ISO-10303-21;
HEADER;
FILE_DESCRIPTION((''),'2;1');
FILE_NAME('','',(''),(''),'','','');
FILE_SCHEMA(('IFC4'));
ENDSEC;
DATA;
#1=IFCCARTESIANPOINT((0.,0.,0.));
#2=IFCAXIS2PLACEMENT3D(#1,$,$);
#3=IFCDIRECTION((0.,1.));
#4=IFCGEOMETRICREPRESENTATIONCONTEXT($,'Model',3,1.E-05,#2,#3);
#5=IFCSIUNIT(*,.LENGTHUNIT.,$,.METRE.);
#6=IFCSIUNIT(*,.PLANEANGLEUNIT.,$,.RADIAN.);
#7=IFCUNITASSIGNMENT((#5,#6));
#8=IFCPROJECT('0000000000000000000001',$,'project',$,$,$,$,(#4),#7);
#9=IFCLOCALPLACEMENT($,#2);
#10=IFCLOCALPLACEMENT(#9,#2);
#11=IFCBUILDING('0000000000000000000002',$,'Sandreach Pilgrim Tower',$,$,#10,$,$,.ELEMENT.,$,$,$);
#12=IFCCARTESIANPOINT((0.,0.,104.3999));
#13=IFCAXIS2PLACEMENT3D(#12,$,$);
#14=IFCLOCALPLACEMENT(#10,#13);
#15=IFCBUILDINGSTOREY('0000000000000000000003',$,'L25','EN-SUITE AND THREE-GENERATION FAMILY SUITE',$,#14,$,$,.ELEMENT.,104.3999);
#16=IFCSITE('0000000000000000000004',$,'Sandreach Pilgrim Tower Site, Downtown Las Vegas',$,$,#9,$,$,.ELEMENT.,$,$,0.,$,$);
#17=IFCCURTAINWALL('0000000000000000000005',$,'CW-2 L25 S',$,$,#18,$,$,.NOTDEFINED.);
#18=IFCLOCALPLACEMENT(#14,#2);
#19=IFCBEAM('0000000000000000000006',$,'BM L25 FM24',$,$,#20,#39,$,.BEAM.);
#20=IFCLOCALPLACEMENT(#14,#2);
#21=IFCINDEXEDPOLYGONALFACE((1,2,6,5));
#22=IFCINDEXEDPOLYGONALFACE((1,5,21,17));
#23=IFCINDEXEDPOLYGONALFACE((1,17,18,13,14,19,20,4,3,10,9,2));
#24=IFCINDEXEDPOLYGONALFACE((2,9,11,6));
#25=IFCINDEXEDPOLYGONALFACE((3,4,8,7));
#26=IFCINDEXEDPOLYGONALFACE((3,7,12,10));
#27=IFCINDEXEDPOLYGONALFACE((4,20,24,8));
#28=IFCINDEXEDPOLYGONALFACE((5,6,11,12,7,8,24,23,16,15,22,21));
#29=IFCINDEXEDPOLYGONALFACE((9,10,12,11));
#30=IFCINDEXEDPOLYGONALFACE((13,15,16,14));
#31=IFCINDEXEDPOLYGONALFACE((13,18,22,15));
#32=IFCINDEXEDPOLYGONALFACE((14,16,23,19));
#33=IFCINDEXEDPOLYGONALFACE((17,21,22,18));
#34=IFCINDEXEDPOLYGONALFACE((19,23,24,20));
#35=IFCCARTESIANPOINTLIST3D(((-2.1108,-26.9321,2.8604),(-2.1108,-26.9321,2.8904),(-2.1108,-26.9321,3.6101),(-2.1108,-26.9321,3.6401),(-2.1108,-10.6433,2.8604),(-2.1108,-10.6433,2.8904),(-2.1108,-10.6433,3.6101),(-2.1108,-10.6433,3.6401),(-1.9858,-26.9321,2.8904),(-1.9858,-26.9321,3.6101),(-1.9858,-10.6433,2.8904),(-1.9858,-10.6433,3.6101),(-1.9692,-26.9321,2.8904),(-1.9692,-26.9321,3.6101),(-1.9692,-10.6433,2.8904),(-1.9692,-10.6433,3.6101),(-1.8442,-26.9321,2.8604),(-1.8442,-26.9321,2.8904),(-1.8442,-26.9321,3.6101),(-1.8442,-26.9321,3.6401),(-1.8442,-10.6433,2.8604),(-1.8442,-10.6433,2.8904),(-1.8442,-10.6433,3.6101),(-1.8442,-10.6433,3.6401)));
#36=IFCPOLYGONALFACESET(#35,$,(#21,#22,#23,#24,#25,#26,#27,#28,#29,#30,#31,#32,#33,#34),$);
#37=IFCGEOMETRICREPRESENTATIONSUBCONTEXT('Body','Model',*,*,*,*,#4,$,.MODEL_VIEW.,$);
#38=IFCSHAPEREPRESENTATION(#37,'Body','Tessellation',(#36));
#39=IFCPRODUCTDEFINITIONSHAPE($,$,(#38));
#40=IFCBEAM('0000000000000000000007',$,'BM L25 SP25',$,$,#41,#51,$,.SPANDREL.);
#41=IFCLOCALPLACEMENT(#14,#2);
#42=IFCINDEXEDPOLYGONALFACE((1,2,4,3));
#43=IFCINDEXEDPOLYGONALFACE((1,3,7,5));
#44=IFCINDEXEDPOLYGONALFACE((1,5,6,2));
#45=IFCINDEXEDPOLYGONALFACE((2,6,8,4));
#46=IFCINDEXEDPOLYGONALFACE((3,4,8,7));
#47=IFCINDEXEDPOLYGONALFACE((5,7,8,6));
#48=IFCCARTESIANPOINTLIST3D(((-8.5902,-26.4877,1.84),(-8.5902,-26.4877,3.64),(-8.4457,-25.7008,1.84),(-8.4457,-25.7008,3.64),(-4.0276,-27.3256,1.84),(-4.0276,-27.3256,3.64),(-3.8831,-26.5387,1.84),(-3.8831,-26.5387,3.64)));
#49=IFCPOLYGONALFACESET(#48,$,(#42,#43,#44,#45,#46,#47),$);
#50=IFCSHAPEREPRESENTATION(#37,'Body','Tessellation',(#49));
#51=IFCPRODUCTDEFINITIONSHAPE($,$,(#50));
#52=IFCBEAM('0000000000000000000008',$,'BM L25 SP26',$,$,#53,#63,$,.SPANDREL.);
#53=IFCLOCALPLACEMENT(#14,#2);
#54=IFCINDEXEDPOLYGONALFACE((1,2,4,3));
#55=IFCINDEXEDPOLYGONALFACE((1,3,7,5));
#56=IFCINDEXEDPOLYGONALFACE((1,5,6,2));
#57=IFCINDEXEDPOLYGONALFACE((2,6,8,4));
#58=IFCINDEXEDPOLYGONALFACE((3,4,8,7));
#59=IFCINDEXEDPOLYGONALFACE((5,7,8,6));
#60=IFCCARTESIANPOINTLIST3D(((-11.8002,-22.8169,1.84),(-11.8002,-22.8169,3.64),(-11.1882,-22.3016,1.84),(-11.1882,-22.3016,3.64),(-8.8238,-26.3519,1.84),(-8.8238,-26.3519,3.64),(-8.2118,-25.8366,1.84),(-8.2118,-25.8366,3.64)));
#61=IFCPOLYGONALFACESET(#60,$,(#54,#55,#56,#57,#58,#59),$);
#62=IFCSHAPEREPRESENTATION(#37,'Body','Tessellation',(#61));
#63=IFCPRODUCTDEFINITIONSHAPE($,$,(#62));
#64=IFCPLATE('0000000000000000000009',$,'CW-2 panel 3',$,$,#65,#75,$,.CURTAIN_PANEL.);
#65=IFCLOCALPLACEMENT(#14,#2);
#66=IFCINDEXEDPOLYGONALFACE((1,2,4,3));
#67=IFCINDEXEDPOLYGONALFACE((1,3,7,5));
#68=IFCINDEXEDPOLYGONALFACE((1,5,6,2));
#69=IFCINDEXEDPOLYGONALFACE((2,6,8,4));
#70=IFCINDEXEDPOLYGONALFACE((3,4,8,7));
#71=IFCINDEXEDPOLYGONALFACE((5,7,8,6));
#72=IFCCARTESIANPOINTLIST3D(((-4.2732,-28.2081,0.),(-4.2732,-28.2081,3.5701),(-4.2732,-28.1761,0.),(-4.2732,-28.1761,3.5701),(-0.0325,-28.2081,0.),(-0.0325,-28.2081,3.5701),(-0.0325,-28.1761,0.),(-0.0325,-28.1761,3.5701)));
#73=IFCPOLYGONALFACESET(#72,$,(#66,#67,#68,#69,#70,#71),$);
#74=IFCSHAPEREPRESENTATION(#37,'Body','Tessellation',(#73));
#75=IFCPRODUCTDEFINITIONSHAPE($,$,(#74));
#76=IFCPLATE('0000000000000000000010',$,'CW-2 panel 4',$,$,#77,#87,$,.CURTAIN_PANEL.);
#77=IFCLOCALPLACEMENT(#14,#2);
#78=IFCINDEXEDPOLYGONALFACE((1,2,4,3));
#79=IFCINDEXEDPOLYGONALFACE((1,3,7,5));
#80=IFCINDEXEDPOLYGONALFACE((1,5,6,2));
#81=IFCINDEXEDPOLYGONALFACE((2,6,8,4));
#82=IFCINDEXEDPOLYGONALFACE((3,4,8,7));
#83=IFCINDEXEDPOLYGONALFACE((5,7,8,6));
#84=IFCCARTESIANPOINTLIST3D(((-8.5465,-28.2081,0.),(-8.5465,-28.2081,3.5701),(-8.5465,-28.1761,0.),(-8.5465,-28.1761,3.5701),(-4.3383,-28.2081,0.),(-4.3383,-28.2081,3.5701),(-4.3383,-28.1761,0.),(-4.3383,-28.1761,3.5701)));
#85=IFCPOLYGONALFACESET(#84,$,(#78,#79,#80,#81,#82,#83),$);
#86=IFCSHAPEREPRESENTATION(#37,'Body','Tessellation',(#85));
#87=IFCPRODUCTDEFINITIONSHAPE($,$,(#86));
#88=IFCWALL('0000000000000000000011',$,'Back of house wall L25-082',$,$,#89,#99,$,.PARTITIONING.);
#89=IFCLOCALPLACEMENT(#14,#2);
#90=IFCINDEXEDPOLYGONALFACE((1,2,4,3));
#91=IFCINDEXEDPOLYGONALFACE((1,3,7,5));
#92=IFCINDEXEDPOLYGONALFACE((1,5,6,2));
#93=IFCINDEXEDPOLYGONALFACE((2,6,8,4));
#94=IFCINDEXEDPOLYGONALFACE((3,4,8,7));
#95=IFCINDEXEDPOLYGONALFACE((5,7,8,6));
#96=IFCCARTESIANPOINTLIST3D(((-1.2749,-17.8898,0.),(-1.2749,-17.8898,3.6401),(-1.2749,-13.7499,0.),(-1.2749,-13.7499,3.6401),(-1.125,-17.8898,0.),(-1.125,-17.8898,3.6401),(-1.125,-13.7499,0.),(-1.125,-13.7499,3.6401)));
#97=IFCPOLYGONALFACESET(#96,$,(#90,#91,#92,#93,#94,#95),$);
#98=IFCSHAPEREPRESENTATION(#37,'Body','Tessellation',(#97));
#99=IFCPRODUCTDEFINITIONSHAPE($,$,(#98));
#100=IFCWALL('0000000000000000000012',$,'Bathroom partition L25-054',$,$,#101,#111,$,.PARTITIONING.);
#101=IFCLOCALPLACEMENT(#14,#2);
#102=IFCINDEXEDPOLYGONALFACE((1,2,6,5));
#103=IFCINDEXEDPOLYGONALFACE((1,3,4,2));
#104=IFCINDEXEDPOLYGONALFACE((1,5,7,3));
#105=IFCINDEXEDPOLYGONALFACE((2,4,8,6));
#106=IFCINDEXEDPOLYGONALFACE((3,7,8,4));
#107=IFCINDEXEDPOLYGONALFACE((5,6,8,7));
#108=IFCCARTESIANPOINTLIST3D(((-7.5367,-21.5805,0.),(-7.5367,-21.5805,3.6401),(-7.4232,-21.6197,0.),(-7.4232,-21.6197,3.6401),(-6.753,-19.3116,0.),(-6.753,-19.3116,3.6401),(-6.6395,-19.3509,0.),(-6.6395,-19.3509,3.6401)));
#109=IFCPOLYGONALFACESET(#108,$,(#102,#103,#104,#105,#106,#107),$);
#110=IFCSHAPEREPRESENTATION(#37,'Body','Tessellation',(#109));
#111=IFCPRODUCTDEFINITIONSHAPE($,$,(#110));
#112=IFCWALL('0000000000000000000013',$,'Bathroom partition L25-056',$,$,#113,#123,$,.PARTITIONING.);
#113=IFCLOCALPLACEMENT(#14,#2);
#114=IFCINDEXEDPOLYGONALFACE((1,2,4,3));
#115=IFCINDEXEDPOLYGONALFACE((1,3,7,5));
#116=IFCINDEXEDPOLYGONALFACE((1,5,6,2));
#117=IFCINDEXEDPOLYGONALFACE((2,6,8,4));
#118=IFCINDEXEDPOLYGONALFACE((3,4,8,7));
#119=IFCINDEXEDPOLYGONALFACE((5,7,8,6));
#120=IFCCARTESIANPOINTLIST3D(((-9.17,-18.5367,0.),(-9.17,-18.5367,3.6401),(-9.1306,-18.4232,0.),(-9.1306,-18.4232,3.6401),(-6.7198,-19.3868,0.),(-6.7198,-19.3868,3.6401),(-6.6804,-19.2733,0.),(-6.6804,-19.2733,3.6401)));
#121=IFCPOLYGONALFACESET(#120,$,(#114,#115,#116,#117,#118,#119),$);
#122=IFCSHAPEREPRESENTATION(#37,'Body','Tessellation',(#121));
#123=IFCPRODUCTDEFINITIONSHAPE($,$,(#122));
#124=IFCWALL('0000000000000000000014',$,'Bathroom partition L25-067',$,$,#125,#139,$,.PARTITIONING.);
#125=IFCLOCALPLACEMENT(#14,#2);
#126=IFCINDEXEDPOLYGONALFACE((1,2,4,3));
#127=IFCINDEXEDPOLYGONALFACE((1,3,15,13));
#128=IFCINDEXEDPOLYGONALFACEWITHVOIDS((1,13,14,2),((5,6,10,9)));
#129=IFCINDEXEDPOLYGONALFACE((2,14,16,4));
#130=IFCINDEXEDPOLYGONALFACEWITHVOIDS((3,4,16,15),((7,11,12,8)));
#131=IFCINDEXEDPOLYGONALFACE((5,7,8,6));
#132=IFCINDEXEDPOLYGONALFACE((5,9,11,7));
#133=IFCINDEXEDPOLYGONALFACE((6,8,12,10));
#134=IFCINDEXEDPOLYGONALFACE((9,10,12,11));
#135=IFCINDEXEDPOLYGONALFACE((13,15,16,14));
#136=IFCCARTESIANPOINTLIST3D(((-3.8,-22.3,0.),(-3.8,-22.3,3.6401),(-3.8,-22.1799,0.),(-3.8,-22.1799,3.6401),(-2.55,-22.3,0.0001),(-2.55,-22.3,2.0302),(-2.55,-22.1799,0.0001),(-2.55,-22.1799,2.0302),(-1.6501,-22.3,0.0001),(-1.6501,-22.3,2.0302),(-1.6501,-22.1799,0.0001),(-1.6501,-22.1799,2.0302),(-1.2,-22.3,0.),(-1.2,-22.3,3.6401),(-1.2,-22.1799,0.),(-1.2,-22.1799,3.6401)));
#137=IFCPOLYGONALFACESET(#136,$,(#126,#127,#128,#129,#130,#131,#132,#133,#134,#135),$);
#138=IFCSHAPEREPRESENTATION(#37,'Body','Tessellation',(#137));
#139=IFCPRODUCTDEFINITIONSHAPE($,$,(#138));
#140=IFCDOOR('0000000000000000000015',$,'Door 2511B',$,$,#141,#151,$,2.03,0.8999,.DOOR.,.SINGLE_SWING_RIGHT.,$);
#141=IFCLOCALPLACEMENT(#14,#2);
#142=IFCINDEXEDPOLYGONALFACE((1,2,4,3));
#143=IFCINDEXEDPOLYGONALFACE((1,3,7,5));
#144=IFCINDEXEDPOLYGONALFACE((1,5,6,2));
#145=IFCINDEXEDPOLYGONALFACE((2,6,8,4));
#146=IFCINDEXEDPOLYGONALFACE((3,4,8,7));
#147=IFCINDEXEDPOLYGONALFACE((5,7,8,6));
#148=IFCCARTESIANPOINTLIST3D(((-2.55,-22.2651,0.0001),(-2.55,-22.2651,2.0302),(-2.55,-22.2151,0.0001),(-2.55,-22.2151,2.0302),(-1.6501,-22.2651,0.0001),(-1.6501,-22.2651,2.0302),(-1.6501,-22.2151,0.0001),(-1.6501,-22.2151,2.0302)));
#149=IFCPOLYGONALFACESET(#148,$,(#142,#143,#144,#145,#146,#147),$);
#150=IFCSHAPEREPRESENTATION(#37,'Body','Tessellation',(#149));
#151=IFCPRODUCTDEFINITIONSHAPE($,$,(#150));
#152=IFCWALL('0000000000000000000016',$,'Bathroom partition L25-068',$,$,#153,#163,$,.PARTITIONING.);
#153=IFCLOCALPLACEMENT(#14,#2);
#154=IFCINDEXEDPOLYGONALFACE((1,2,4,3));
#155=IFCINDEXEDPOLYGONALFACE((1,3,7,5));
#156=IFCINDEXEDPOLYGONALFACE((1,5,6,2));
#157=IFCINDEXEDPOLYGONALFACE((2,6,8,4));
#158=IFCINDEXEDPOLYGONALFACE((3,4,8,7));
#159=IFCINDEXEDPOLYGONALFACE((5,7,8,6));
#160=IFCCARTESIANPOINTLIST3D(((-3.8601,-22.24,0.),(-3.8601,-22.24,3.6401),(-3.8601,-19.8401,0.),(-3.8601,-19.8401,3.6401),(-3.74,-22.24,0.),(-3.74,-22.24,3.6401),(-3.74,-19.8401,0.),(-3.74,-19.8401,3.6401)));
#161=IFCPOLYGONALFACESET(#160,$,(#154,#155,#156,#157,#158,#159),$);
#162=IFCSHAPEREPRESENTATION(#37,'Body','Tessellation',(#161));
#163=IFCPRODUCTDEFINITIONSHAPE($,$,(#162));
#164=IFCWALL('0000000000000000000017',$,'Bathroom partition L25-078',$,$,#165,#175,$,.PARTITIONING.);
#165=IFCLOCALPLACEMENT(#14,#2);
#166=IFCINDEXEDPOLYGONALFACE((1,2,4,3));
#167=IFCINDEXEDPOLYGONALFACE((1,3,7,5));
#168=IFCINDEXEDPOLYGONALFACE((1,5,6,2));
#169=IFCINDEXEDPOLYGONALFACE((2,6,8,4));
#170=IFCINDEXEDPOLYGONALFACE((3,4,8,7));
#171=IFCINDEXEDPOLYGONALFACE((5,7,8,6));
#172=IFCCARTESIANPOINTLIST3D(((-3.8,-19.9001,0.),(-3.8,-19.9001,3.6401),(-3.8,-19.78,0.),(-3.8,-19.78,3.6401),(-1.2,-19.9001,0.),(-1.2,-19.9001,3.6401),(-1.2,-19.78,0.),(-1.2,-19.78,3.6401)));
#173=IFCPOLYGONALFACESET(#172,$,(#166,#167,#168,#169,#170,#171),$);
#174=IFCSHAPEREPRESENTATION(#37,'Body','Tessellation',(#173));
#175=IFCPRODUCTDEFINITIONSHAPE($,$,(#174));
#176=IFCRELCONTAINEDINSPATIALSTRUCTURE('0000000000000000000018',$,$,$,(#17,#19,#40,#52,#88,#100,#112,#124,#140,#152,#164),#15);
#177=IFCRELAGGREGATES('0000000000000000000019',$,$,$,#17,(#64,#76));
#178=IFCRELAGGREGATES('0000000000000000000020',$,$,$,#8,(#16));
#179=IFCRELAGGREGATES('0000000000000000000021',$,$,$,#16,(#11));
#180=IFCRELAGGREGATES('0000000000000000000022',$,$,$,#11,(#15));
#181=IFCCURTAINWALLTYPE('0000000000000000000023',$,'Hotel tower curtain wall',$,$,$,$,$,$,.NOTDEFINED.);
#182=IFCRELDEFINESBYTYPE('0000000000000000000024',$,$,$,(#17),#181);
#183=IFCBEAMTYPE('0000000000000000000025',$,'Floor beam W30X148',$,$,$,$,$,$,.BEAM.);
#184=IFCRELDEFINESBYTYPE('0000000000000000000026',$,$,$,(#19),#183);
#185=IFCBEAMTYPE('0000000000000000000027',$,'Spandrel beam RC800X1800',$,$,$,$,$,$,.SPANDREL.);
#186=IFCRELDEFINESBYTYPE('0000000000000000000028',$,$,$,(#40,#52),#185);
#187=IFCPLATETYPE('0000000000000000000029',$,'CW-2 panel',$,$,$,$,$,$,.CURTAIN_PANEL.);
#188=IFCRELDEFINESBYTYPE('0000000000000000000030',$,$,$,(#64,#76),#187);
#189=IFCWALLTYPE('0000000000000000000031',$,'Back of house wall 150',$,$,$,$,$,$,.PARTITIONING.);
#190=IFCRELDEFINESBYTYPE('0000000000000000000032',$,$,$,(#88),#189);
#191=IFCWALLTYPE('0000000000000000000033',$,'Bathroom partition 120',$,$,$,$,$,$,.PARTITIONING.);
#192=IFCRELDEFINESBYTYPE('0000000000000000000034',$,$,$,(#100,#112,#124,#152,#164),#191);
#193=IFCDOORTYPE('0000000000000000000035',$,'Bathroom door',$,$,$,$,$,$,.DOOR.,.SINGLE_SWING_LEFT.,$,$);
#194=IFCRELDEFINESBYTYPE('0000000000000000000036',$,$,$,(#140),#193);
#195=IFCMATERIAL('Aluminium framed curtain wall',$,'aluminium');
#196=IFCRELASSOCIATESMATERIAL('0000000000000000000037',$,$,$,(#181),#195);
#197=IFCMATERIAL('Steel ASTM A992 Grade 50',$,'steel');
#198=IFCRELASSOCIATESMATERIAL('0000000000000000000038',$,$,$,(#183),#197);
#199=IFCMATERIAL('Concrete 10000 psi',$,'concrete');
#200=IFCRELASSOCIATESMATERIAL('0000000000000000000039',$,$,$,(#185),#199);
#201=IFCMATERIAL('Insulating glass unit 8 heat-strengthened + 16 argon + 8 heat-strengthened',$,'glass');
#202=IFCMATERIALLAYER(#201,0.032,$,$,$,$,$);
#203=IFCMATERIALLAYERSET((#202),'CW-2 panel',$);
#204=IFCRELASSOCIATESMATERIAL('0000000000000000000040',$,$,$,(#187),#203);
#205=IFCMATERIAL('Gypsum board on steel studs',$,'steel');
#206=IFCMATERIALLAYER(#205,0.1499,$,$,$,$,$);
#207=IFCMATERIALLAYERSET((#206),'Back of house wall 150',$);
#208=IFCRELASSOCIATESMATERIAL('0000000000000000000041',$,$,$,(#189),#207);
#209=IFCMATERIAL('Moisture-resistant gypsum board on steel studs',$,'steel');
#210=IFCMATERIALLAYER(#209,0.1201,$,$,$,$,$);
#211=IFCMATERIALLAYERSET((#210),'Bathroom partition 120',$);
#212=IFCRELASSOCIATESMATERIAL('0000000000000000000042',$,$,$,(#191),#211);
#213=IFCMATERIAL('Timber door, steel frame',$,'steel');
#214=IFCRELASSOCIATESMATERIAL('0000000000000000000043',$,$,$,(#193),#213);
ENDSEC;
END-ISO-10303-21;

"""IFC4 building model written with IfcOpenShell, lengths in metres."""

from ifc_helpers import new_model, si_unit, direction, frame, frame_2d, origin, origin_2d, place, context, subcontext, project, spatial, rectangle, i_section, extrude, material, layer, layer_set, material_profile, profile_set, type_object, element, fill, aggregate, save


model = new_model("IFC4")

# Units and contexts
model_context = context("Model", 3, precision=1e-05, world=origin(), true_north=direction((0.0, 1.0)))
body_context = subcontext(model_context, "Body", "Model", "MODEL_VIEW")
ifc_project = project(units=[si_unit("LENGTHUNIT", "METRE"), si_unit("PLANEANGLEUNIT", "RADIAN")], contexts=[model_context])

# Site, building, storey
site_placement = place(None, origin())
site = spatial("IfcSite", under=ifc_project, at=site_placement, Name="Sandreach Pilgrim Tower Site, Downtown Las Vegas", CompositionType="ELEMENT", RefElevation=0.0)
building_placement = place(site_placement, origin())
building = spatial("IfcBuilding", under=site, at=building_placement, Name="Sandreach Pilgrim Tower", CompositionType="ELEMENT")
storey_placement = place(building_placement, frame((0.0, 0.0, 104.3999)))
storey = spatial("IfcBuildingStorey", under=building, at=storey_placement, Name="L25", Description="EN-SUITE AND THREE-GENERATION FAMILY SUITE", CompositionType="ELEMENT", Elevation=104.3999)

# Curtain wall
ifc_material_1 = material(Name="Aluminium framed curtain wall", Category="aluminium")
curtain_wall_type = type_object("IfcCurtainWallType", Name="Hotel tower curtain wall", PredefinedType="NOTDEFINED", material=ifc_material_1)
curtain_wall_placement = place(storey_placement, origin())
curtain_wall = element("IfcCurtainWall", 1, at=curtain_wall_placement, inside=storey, type_object=curtain_wall_type, Name="CW-2 L25 S", PredefinedType="NOTDEFINED")

# Beams
ifc_material_2 = material(Name="Steel ASTM A992 Grade 50", Category="steel")
ifc_material_profile_1 = material_profile(ifc_material_2, i_section(OverallWidth=0.2666, OverallDepth=0.7798, WebThickness=0.0166, FlangeThickness=0.03, at=origin_2d()), Name="W30X148")
ifc_profile_set_1 = profile_set([ifc_material_profile_1], Name="Steel ASTM A992 Grade 50")
beam_type_1 = type_object("IfcBeamType", Name="Floor beam W30X148", PredefinedType="BEAM", material=ifc_profile_set_1)
beam_1_placement = place(storey_placement, frame((-1.9775, -26.9321, 3.2502), z_axis=(0.0, 1.0, 0.0), x_axis=(-1.0, 0.0, 0.0)))
element("IfcBeam", 2, at=beam_1_placement, inside=storey, type_object=beam_type_1, Name="BM L25 FM24", PredefinedType="BEAM", context=body_context, shape_type="SweptSolid", body=[
    extrude(i_section(OverallWidth=0.2666, OverallDepth=0.7798, WebThickness=0.0166, FlangeThickness=0.03, at=origin_2d()), origin(), (0.0, 0.0, 1.0), 16.2888),
])
ifc_material_3 = material(Name="Concrete 10000 psi", Category="concrete")
ifc_material_profile_2 = material_profile(ifc_material_3, rectangle(XDim=0.8, YDim=1.8, at=origin_2d()), Name="RC800X1800")
ifc_profile_set_2 = profile_set([ifc_material_profile_2], Name="Concrete 10000 psi")
beam_type_2 = type_object("IfcBeamType", Name="Spandrel beam RC800X1800", PredefinedType="SPANDREL", material=ifc_profile_set_2)
beam_2_placement = place(storey_placement, frame((-3.9553, -26.9321, 2.74), z_axis=(-0.983552, 0.180627, 0.0), x_axis=(-0.180627, -0.983552, 0.0)))
element("IfcBeam", 3, at=beam_2_placement, inside=storey, type_object=beam_type_2, Name="BM L25 SP25", PredefinedType="SPANDREL", context=body_context, shape_type="SweptSolid", body=[
    extrude(rectangle(XDim=0.8, YDim=1.8, at=origin_2d()), origin(), (0.0, 0.0, 1.0), 4.6389),
])
beam_3_placement = place(storey_placement, frame((-8.5178, -26.0942, 2.74), z_axis=(-0.644079, 0.764959, 0.0), x_axis=(-0.764959, -0.644079, 0.0)))
element("IfcBeam", 4, at=beam_3_placement, inside=storey, type_object=beam_type_2, Name="BM L25 SP26", PredefinedType="SPANDREL", context=body_context, shape_type="SweptSolid", body=[
    extrude(rectangle(XDim=0.8, YDim=1.8, at=origin_2d()), origin(), (0.0, 0.0, 1.0), 4.6211),
])

# Plates
ifc_material_4 = material(Name="Insulating glass unit 8 heat-strengthened + 16 argon + 8 heat-strengthened", Category="glass")
ifc_layer_1 = layer(ifc_material_4, 0.032)
ifc_layer_set_1 = layer_set([ifc_layer_1], Name="CW-2 panel")
plate_type = type_object("IfcPlateType", Name="CW-2 panel", PredefinedType="CURTAIN_PANEL", material=ifc_layer_set_1)
plate_1_placement = place(storey_placement, frame((-2.1528, -28.1921, 0.0), z_axis=(0.0, 0.0, 1.0), x_axis=(-1.0, 0.0, 0.0)))
plate_1 = element("IfcPlate", 5, at=plate_1_placement, type_object=plate_type, Name="CW-2 panel 3", PredefinedType="CURTAIN_PANEL", context=body_context, shape_type="SweptSolid", body=[
    extrude(rectangle(XDim=4.2407, YDim=0.032, at=origin_2d()), origin(), (0.0, 0.0, 1.0), 3.5701),
])
plate_2_placement = place(storey_placement, frame((-6.4424, -28.1921, 0.0), z_axis=(0.0, 0.0, 1.0), x_axis=(-1.0, 0.0, 0.0)))
plate_2 = element("IfcPlate", 6, at=plate_2_placement, type_object=plate_type, Name="CW-2 panel 4", PredefinedType="CURTAIN_PANEL", context=body_context, shape_type="SweptSolid", body=[
    extrude(rectangle(XDim=4.2083, YDim=0.032, at=origin_2d()), origin(), (0.0, 0.0, 1.0), 3.5701),
])
aggregate(curtain_wall, [plate_1, plate_2])

# Walls
ifc_material_5 = material(Name="Gypsum board on steel studs", Category="steel")
ifc_layer_2 = layer(ifc_material_5, 0.1499)
ifc_layer_set_2 = layer_set([ifc_layer_2], Name="Back of house wall 150")
wall_type_1 = type_object("IfcWallType", Name="Back of house wall 150", PredefinedType="PARTITIONING", material=ifc_layer_set_2)
wall_1_placement = place(storey_placement, frame((-1.2, -13.75, 0.0), z_axis=(0.0, 0.0, 1.0), x_axis=(0.0, -1.0, 0.0)))
element("IfcWall", 7, at=wall_1_placement, inside=storey, type_object=wall_type_1, Name="Back of house wall L25-082", PredefinedType="PARTITIONING", context=body_context, shape_type="SweptSolid", body=[
    extrude(rectangle(XDim=4.1399, YDim=0.1499, at=frame_2d((2.0698, 0.0))), origin(), (0.0, 0.0, 1.0), 3.6401),
])
ifc_material_6 = material(Name="Moisture-resistant gypsum board on steel studs", Category="steel")
ifc_layer_3 = layer(ifc_material_6, 0.1201)
ifc_layer_set_3 = layer_set([ifc_layer_3], Name="Bathroom partition 120")
wall_type_2 = type_object("IfcWallType", Name="Bathroom partition 120", PredefinedType="PARTITIONING", material=ifc_layer_set_3)
wall_2_placement = place(storey_placement, frame((-7.48, -21.6001, 0.0), z_axis=(0.0, 0.0, 1.0), x_axis=(0.326492, 0.9452, 0.0)))
element("IfcWall", 8, at=wall_2_placement, inside=storey, type_object=wall_type_2, Name="Bathroom partition L25-054", PredefinedType="PARTITIONING", context=body_context, shape_type="SweptSolid", body=[
    extrude(rectangle(XDim=2.4004, YDim=0.1201, at=frame_2d((1.2002, 0.0))), origin(), (0.0, 0.0, 1.0), 3.6401),
])
wall_3_placement = place(storey_placement, frame((-6.7, -19.3301, 0.0), z_axis=(0.0, 0.0, 1.0), x_axis=(-0.944753, 0.327783, 0.0)))
element("IfcWall", 9, at=wall_3_placement, inside=storey, type_object=wall_type_2, Name="Bathroom partition L25-056", PredefinedType="PARTITIONING", context=body_context, shape_type="SweptSolid", body=[
    extrude(rectangle(XDim=2.5935, YDim=0.1201, at=frame_2d((1.2969, 0.0))), origin(), (0.0, 0.0, 1.0), 3.6401),
])

# Wall, opening, door
wall_4_placement = place(storey_placement, frame((-3.8, -22.24, 0.0), z_axis=(0.0, 0.0, 1.0), x_axis=(1.0, 0.0, 0.0)))
wall_4 = element("IfcWall", 10, at=wall_4_placement, inside=storey, type_object=wall_type_2, Name="Bathroom partition L25-067", PredefinedType="PARTITIONING", context=body_context, shape_type="SweptSolid", body=[
    extrude(rectangle(XDim=2.6001, YDim=0.1201, at=frame_2d((1.3, 0.0))), origin(), (0.0, 0.0, 1.0), 3.6401),
])
opening_1_placement = place(wall_4_placement, frame((1.25, 0.0, 0.0)))
opening_1 = element("IfcOpeningElement", 11, at=opening_1_placement, cuts=wall_4, PredefinedType="OPENING", context=body_context, shape_type="SweptSolid", body=[
    extrude(rectangle(XDim=0.8999, YDim=2.03, at=frame_2d((0.45, 1.0151))), frame((0.0, 0.0601, 0.0), z_axis=(0.0, -1.0, 0.0), x_axis=(1.0, 0.0, 0.0)), (0.0, 0.0, 1.0), 0.1201),
])
ifc_material_7 = material(Name="Timber door, steel frame", Category="steel")
door_type_1 = type_object("IfcDoorType", Name="Bathroom door", OperationType="SINGLE_SWING_LEFT", PredefinedType="DOOR", material=ifc_material_7)
door_1_placement = place(opening_1_placement, origin())
door_1 = element("IfcDoor", 12, at=door_1_placement, inside=storey, type_object=door_type_1, Name="Door 2511B", OperationType="SINGLE_SWING_RIGHT", OverallHeight=2.03, OverallWidth=0.8999, PredefinedType="DOOR", context=body_context, shape_type="SweptSolid", body=[
    extrude(rectangle(XDim=0.8999, YDim=2.03, at=frame_2d((0.45, 1.0151))), frame((0.0, 0.0249, 0.0), z_axis=(0.0, -1.0, 0.0), x_axis=(1.0, 0.0, 0.0)), (0.0, 0.0, 1.0), 0.05),
])
fill(opening_1, door_1)

# Walls
wall_5_placement = place(storey_placement, frame((-3.8, -19.8401, 0.0), z_axis=(0.0, 0.0, 1.0), x_axis=(0.0, -1.0, 0.0)))
element("IfcWall", 13, at=wall_5_placement, inside=storey, type_object=wall_type_2, Name="Bathroom partition L25-068", PredefinedType="PARTITIONING", context=body_context, shape_type="SweptSolid", body=[
    extrude(rectangle(XDim=2.3999, YDim=0.1201, at=frame_2d((1.2, 0.0))), origin(), (0.0, 0.0, 1.0), 3.6401),
])
wall_6_placement = place(storey_placement, frame((-1.2, -19.8401, 0.0), z_axis=(0.0, 0.0, 1.0), x_axis=(-1.0, 0.0, 0.0)))
element("IfcWall", 14, at=wall_6_placement, inside=storey, type_object=wall_type_2, Name="Bathroom partition L25-078", PredefinedType="PARTITIONING", context=body_context, shape_type="SweptSolid", body=[
    extrude(rectangle(XDim=2.6001, YDim=0.1201, at=frame_2d((1.3, 0.0))), origin(), (0.0, 0.0, 1.0), 3.6401),
])

save(model, "model.ifc")
